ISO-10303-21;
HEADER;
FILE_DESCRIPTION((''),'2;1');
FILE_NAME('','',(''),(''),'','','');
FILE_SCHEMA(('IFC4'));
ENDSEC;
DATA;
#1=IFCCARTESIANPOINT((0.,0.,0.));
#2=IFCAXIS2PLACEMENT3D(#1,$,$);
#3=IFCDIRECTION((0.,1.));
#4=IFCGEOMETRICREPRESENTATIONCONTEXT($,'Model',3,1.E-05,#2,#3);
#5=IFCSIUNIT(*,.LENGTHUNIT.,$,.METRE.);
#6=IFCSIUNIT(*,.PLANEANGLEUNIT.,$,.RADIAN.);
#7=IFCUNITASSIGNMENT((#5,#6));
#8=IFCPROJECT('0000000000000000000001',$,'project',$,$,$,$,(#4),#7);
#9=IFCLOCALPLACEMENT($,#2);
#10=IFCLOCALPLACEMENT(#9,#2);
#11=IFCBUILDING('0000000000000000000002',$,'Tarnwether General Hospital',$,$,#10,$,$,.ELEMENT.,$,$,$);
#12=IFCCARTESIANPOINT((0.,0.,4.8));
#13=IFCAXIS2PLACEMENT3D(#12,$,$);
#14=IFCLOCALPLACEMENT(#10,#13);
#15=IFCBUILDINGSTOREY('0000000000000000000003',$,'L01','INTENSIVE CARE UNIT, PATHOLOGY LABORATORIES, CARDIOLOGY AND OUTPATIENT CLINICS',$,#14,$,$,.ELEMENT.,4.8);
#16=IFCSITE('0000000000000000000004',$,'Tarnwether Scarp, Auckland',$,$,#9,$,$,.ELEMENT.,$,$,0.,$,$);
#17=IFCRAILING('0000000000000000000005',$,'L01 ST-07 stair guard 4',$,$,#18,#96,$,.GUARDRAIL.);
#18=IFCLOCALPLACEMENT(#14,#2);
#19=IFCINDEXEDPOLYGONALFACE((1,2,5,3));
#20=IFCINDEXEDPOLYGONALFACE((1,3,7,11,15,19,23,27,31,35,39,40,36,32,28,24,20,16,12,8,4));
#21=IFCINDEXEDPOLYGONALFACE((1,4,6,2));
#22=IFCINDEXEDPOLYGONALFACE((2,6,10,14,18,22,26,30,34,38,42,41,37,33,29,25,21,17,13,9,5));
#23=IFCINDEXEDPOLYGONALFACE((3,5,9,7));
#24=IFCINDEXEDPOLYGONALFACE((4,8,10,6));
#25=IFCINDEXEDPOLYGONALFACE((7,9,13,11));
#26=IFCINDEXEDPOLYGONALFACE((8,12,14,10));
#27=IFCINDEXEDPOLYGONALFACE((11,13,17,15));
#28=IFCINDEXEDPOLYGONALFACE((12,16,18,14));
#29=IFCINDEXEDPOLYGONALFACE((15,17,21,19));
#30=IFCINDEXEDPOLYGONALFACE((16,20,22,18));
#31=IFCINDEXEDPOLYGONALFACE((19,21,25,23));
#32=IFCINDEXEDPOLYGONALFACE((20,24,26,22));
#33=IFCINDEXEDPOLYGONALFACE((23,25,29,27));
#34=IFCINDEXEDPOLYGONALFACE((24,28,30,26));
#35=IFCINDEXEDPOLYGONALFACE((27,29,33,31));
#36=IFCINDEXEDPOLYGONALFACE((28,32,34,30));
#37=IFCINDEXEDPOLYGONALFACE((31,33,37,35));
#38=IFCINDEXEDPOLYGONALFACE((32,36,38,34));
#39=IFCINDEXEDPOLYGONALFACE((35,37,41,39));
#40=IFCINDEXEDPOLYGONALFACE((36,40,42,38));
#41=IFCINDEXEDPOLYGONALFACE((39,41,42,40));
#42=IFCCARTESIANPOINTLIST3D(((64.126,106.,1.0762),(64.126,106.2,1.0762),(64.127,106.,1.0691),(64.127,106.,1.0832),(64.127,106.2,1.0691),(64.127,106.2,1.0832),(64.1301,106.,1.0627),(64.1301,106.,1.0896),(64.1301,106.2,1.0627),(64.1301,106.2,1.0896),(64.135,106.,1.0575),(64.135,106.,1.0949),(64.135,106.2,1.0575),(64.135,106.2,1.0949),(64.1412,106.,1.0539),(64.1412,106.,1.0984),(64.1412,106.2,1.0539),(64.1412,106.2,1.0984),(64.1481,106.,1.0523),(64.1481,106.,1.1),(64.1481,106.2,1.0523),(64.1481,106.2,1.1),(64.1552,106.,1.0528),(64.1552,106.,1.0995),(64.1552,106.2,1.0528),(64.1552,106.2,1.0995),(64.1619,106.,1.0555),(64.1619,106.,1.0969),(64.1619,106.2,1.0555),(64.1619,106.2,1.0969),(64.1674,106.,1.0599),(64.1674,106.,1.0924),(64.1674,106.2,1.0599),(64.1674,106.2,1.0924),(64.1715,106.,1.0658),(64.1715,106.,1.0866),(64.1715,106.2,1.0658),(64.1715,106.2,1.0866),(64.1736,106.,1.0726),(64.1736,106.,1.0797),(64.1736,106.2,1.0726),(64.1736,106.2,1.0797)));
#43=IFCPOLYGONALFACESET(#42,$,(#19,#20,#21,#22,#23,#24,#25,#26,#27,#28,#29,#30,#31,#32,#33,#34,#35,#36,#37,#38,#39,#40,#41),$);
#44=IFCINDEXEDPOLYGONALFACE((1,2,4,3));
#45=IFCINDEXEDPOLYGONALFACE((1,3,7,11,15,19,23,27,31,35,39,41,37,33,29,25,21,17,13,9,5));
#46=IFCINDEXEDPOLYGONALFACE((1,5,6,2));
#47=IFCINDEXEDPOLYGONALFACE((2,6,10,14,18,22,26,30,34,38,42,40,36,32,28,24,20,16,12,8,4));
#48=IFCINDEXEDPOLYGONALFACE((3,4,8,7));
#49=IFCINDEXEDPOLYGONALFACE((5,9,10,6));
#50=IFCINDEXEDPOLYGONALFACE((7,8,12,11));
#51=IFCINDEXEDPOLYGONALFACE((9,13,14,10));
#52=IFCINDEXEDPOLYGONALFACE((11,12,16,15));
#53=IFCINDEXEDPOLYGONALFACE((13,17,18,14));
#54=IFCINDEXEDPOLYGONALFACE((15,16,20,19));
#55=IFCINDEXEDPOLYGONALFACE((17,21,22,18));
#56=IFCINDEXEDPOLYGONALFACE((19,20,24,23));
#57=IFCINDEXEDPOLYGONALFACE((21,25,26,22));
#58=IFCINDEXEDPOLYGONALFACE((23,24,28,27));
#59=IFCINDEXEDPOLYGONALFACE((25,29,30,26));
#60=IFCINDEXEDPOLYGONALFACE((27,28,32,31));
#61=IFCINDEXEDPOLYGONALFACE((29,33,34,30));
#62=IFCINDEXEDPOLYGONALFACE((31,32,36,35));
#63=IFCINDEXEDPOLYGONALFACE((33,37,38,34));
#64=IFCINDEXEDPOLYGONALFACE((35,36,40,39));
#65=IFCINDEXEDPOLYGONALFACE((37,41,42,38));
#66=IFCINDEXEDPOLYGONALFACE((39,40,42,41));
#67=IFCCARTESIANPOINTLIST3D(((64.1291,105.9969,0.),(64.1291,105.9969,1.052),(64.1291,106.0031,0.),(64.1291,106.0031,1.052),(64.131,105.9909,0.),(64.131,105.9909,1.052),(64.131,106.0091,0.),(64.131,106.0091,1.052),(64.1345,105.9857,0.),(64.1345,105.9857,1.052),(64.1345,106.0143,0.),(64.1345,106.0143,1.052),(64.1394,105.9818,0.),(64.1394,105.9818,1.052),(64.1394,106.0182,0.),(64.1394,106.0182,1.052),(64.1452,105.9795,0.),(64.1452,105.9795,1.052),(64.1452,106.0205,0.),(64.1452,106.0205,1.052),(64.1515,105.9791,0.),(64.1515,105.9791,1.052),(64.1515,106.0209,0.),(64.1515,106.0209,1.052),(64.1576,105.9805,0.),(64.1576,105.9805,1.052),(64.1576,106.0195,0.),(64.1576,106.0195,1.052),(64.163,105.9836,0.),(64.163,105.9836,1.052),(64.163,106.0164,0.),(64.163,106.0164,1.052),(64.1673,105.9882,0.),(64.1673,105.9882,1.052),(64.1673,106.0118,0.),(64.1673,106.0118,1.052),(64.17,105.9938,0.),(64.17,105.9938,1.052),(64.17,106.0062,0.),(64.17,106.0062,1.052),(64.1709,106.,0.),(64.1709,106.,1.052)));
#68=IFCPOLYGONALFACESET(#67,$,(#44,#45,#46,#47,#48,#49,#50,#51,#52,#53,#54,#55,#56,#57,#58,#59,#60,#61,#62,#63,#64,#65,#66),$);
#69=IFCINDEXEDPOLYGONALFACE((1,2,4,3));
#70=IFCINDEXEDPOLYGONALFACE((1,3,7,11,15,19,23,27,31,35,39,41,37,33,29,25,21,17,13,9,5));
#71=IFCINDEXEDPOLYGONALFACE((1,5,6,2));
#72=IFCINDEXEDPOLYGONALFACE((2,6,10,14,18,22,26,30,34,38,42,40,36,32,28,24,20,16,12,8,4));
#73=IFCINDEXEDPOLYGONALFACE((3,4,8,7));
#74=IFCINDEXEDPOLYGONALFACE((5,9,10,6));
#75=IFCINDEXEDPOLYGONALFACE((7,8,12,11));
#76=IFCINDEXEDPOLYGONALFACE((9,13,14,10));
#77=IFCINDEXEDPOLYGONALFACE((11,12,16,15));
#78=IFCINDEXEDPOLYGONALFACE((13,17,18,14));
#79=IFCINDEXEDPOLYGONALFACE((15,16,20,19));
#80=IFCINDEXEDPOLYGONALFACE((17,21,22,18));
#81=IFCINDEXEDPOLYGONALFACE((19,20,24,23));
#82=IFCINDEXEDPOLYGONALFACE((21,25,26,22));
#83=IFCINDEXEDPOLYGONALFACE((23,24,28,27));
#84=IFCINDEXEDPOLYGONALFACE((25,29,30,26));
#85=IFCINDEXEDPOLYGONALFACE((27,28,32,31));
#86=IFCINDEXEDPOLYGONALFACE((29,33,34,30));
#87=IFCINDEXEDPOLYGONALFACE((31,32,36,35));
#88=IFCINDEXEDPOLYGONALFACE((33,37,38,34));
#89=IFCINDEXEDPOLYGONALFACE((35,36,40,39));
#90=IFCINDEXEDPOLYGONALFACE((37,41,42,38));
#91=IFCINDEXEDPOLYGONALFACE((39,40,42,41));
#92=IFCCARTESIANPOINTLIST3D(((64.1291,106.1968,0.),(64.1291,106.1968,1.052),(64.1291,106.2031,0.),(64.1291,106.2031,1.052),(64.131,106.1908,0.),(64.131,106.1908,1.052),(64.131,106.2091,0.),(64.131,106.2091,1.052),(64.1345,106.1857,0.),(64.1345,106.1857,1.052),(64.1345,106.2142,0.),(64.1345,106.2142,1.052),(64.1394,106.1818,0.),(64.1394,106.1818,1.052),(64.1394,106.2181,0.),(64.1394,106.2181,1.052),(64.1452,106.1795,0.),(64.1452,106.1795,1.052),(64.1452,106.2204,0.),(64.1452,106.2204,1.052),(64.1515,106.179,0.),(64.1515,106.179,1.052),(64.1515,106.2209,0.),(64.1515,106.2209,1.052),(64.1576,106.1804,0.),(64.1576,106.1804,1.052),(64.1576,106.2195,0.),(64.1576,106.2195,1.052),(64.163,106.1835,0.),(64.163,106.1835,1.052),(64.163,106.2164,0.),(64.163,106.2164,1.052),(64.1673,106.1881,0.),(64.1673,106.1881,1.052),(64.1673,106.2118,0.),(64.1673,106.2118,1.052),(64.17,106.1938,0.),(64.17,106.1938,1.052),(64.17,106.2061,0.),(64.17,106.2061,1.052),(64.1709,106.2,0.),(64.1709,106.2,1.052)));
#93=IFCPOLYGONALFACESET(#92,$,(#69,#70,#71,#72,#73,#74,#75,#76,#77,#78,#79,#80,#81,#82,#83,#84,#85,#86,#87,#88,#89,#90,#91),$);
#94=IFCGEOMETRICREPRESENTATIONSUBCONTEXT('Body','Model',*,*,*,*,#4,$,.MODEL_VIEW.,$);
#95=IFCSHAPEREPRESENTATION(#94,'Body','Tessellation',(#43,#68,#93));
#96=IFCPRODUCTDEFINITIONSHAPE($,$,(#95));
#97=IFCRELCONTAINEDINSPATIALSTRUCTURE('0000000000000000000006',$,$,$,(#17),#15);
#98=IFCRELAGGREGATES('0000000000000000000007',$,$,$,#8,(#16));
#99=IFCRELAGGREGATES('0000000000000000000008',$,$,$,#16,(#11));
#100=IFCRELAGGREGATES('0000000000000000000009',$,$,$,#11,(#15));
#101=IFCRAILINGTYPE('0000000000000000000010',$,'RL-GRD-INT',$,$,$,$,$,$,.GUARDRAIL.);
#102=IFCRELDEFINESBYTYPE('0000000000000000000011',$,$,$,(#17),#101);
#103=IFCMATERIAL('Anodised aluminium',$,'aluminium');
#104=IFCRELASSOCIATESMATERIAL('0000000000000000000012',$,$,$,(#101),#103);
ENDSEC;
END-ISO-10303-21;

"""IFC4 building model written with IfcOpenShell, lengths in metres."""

from ifc_helpers import new_model, si_unit, direction, frame, origin, origin_2d, place, context, subcontext, project, spatial, circle, extrude, material, type_object, element, save


model = new_model("IFC4")

# Units and contexts
model_context = context("Model", 3, precision=1e-05, world=origin(), true_north=direction((0.0, 1.0)))
body_context = subcontext(model_context, "Body", "Model", "MODEL_VIEW")
ifc_project = project(units=[si_unit("LENGTHUNIT", "METRE"), si_unit("PLANEANGLEUNIT", "RADIAN")], contexts=[model_context])

# Site, building, storey
site_placement = place(None, origin())
site = spatial("IfcSite", under=ifc_project, at=site_placement, Name="Tarnwether Scarp, Auckland", CompositionType="ELEMENT", RefElevation=0.0)
building_placement = place(site_placement, origin())
building = spatial("IfcBuilding", under=site, at=building_placement, Name="Tarnwether General Hospital", CompositionType="ELEMENT")
storey_placement = place(building_placement, frame((0.0, 0.0, 4.8)))
storey = spatial("IfcBuildingStorey", under=building, at=storey_placement, Name="L01", Description="INTENSIVE CARE UNIT, PATHOLOGY LABORATORIES, CARDIOLOGY AND OUTPATIENT CLINICS", CompositionType="ELEMENT", Elevation=4.8)

# Railing
ifc_material_1 = material(Name="Anodised aluminium", Category="aluminium")
railing_type_1 = type_object("IfcRailingType", Name="RL-GRD-INT", PredefinedType="GUARDRAIL", material=ifc_material_1)
railing_1_placement = place(storey_placement, frame((64.1499, 106.0, 0.0)))
element("IfcRailing", 1, at=railing_1_placement, inside=storey, type_object=railing_type_1, Name="L01 ST-07 stair guard 4", PredefinedType="GUARDRAIL", context=body_context, shape_type="SweptSolid", body=[
    extrude(circle(Radius=0.0239, at=origin_2d()), frame((0.0, 0.0, 1.0762), z_axis=(0.0, 1.0, 0.0), x_axis=(-1.0, 0.0, 0.0)), (0.0, 0.0, 1.0), 0.2),
    extrude(circle(Radius=0.021, at=origin_2d()), origin(), (0.0, 0.0, 1.0), 1.052),
    extrude(circle(Radius=0.021, at=origin_2d()), frame((0.0, 0.2, 0.0)), (0.0, 0.0, 1.0), 1.052),
])

save(model, "model.ifc")
